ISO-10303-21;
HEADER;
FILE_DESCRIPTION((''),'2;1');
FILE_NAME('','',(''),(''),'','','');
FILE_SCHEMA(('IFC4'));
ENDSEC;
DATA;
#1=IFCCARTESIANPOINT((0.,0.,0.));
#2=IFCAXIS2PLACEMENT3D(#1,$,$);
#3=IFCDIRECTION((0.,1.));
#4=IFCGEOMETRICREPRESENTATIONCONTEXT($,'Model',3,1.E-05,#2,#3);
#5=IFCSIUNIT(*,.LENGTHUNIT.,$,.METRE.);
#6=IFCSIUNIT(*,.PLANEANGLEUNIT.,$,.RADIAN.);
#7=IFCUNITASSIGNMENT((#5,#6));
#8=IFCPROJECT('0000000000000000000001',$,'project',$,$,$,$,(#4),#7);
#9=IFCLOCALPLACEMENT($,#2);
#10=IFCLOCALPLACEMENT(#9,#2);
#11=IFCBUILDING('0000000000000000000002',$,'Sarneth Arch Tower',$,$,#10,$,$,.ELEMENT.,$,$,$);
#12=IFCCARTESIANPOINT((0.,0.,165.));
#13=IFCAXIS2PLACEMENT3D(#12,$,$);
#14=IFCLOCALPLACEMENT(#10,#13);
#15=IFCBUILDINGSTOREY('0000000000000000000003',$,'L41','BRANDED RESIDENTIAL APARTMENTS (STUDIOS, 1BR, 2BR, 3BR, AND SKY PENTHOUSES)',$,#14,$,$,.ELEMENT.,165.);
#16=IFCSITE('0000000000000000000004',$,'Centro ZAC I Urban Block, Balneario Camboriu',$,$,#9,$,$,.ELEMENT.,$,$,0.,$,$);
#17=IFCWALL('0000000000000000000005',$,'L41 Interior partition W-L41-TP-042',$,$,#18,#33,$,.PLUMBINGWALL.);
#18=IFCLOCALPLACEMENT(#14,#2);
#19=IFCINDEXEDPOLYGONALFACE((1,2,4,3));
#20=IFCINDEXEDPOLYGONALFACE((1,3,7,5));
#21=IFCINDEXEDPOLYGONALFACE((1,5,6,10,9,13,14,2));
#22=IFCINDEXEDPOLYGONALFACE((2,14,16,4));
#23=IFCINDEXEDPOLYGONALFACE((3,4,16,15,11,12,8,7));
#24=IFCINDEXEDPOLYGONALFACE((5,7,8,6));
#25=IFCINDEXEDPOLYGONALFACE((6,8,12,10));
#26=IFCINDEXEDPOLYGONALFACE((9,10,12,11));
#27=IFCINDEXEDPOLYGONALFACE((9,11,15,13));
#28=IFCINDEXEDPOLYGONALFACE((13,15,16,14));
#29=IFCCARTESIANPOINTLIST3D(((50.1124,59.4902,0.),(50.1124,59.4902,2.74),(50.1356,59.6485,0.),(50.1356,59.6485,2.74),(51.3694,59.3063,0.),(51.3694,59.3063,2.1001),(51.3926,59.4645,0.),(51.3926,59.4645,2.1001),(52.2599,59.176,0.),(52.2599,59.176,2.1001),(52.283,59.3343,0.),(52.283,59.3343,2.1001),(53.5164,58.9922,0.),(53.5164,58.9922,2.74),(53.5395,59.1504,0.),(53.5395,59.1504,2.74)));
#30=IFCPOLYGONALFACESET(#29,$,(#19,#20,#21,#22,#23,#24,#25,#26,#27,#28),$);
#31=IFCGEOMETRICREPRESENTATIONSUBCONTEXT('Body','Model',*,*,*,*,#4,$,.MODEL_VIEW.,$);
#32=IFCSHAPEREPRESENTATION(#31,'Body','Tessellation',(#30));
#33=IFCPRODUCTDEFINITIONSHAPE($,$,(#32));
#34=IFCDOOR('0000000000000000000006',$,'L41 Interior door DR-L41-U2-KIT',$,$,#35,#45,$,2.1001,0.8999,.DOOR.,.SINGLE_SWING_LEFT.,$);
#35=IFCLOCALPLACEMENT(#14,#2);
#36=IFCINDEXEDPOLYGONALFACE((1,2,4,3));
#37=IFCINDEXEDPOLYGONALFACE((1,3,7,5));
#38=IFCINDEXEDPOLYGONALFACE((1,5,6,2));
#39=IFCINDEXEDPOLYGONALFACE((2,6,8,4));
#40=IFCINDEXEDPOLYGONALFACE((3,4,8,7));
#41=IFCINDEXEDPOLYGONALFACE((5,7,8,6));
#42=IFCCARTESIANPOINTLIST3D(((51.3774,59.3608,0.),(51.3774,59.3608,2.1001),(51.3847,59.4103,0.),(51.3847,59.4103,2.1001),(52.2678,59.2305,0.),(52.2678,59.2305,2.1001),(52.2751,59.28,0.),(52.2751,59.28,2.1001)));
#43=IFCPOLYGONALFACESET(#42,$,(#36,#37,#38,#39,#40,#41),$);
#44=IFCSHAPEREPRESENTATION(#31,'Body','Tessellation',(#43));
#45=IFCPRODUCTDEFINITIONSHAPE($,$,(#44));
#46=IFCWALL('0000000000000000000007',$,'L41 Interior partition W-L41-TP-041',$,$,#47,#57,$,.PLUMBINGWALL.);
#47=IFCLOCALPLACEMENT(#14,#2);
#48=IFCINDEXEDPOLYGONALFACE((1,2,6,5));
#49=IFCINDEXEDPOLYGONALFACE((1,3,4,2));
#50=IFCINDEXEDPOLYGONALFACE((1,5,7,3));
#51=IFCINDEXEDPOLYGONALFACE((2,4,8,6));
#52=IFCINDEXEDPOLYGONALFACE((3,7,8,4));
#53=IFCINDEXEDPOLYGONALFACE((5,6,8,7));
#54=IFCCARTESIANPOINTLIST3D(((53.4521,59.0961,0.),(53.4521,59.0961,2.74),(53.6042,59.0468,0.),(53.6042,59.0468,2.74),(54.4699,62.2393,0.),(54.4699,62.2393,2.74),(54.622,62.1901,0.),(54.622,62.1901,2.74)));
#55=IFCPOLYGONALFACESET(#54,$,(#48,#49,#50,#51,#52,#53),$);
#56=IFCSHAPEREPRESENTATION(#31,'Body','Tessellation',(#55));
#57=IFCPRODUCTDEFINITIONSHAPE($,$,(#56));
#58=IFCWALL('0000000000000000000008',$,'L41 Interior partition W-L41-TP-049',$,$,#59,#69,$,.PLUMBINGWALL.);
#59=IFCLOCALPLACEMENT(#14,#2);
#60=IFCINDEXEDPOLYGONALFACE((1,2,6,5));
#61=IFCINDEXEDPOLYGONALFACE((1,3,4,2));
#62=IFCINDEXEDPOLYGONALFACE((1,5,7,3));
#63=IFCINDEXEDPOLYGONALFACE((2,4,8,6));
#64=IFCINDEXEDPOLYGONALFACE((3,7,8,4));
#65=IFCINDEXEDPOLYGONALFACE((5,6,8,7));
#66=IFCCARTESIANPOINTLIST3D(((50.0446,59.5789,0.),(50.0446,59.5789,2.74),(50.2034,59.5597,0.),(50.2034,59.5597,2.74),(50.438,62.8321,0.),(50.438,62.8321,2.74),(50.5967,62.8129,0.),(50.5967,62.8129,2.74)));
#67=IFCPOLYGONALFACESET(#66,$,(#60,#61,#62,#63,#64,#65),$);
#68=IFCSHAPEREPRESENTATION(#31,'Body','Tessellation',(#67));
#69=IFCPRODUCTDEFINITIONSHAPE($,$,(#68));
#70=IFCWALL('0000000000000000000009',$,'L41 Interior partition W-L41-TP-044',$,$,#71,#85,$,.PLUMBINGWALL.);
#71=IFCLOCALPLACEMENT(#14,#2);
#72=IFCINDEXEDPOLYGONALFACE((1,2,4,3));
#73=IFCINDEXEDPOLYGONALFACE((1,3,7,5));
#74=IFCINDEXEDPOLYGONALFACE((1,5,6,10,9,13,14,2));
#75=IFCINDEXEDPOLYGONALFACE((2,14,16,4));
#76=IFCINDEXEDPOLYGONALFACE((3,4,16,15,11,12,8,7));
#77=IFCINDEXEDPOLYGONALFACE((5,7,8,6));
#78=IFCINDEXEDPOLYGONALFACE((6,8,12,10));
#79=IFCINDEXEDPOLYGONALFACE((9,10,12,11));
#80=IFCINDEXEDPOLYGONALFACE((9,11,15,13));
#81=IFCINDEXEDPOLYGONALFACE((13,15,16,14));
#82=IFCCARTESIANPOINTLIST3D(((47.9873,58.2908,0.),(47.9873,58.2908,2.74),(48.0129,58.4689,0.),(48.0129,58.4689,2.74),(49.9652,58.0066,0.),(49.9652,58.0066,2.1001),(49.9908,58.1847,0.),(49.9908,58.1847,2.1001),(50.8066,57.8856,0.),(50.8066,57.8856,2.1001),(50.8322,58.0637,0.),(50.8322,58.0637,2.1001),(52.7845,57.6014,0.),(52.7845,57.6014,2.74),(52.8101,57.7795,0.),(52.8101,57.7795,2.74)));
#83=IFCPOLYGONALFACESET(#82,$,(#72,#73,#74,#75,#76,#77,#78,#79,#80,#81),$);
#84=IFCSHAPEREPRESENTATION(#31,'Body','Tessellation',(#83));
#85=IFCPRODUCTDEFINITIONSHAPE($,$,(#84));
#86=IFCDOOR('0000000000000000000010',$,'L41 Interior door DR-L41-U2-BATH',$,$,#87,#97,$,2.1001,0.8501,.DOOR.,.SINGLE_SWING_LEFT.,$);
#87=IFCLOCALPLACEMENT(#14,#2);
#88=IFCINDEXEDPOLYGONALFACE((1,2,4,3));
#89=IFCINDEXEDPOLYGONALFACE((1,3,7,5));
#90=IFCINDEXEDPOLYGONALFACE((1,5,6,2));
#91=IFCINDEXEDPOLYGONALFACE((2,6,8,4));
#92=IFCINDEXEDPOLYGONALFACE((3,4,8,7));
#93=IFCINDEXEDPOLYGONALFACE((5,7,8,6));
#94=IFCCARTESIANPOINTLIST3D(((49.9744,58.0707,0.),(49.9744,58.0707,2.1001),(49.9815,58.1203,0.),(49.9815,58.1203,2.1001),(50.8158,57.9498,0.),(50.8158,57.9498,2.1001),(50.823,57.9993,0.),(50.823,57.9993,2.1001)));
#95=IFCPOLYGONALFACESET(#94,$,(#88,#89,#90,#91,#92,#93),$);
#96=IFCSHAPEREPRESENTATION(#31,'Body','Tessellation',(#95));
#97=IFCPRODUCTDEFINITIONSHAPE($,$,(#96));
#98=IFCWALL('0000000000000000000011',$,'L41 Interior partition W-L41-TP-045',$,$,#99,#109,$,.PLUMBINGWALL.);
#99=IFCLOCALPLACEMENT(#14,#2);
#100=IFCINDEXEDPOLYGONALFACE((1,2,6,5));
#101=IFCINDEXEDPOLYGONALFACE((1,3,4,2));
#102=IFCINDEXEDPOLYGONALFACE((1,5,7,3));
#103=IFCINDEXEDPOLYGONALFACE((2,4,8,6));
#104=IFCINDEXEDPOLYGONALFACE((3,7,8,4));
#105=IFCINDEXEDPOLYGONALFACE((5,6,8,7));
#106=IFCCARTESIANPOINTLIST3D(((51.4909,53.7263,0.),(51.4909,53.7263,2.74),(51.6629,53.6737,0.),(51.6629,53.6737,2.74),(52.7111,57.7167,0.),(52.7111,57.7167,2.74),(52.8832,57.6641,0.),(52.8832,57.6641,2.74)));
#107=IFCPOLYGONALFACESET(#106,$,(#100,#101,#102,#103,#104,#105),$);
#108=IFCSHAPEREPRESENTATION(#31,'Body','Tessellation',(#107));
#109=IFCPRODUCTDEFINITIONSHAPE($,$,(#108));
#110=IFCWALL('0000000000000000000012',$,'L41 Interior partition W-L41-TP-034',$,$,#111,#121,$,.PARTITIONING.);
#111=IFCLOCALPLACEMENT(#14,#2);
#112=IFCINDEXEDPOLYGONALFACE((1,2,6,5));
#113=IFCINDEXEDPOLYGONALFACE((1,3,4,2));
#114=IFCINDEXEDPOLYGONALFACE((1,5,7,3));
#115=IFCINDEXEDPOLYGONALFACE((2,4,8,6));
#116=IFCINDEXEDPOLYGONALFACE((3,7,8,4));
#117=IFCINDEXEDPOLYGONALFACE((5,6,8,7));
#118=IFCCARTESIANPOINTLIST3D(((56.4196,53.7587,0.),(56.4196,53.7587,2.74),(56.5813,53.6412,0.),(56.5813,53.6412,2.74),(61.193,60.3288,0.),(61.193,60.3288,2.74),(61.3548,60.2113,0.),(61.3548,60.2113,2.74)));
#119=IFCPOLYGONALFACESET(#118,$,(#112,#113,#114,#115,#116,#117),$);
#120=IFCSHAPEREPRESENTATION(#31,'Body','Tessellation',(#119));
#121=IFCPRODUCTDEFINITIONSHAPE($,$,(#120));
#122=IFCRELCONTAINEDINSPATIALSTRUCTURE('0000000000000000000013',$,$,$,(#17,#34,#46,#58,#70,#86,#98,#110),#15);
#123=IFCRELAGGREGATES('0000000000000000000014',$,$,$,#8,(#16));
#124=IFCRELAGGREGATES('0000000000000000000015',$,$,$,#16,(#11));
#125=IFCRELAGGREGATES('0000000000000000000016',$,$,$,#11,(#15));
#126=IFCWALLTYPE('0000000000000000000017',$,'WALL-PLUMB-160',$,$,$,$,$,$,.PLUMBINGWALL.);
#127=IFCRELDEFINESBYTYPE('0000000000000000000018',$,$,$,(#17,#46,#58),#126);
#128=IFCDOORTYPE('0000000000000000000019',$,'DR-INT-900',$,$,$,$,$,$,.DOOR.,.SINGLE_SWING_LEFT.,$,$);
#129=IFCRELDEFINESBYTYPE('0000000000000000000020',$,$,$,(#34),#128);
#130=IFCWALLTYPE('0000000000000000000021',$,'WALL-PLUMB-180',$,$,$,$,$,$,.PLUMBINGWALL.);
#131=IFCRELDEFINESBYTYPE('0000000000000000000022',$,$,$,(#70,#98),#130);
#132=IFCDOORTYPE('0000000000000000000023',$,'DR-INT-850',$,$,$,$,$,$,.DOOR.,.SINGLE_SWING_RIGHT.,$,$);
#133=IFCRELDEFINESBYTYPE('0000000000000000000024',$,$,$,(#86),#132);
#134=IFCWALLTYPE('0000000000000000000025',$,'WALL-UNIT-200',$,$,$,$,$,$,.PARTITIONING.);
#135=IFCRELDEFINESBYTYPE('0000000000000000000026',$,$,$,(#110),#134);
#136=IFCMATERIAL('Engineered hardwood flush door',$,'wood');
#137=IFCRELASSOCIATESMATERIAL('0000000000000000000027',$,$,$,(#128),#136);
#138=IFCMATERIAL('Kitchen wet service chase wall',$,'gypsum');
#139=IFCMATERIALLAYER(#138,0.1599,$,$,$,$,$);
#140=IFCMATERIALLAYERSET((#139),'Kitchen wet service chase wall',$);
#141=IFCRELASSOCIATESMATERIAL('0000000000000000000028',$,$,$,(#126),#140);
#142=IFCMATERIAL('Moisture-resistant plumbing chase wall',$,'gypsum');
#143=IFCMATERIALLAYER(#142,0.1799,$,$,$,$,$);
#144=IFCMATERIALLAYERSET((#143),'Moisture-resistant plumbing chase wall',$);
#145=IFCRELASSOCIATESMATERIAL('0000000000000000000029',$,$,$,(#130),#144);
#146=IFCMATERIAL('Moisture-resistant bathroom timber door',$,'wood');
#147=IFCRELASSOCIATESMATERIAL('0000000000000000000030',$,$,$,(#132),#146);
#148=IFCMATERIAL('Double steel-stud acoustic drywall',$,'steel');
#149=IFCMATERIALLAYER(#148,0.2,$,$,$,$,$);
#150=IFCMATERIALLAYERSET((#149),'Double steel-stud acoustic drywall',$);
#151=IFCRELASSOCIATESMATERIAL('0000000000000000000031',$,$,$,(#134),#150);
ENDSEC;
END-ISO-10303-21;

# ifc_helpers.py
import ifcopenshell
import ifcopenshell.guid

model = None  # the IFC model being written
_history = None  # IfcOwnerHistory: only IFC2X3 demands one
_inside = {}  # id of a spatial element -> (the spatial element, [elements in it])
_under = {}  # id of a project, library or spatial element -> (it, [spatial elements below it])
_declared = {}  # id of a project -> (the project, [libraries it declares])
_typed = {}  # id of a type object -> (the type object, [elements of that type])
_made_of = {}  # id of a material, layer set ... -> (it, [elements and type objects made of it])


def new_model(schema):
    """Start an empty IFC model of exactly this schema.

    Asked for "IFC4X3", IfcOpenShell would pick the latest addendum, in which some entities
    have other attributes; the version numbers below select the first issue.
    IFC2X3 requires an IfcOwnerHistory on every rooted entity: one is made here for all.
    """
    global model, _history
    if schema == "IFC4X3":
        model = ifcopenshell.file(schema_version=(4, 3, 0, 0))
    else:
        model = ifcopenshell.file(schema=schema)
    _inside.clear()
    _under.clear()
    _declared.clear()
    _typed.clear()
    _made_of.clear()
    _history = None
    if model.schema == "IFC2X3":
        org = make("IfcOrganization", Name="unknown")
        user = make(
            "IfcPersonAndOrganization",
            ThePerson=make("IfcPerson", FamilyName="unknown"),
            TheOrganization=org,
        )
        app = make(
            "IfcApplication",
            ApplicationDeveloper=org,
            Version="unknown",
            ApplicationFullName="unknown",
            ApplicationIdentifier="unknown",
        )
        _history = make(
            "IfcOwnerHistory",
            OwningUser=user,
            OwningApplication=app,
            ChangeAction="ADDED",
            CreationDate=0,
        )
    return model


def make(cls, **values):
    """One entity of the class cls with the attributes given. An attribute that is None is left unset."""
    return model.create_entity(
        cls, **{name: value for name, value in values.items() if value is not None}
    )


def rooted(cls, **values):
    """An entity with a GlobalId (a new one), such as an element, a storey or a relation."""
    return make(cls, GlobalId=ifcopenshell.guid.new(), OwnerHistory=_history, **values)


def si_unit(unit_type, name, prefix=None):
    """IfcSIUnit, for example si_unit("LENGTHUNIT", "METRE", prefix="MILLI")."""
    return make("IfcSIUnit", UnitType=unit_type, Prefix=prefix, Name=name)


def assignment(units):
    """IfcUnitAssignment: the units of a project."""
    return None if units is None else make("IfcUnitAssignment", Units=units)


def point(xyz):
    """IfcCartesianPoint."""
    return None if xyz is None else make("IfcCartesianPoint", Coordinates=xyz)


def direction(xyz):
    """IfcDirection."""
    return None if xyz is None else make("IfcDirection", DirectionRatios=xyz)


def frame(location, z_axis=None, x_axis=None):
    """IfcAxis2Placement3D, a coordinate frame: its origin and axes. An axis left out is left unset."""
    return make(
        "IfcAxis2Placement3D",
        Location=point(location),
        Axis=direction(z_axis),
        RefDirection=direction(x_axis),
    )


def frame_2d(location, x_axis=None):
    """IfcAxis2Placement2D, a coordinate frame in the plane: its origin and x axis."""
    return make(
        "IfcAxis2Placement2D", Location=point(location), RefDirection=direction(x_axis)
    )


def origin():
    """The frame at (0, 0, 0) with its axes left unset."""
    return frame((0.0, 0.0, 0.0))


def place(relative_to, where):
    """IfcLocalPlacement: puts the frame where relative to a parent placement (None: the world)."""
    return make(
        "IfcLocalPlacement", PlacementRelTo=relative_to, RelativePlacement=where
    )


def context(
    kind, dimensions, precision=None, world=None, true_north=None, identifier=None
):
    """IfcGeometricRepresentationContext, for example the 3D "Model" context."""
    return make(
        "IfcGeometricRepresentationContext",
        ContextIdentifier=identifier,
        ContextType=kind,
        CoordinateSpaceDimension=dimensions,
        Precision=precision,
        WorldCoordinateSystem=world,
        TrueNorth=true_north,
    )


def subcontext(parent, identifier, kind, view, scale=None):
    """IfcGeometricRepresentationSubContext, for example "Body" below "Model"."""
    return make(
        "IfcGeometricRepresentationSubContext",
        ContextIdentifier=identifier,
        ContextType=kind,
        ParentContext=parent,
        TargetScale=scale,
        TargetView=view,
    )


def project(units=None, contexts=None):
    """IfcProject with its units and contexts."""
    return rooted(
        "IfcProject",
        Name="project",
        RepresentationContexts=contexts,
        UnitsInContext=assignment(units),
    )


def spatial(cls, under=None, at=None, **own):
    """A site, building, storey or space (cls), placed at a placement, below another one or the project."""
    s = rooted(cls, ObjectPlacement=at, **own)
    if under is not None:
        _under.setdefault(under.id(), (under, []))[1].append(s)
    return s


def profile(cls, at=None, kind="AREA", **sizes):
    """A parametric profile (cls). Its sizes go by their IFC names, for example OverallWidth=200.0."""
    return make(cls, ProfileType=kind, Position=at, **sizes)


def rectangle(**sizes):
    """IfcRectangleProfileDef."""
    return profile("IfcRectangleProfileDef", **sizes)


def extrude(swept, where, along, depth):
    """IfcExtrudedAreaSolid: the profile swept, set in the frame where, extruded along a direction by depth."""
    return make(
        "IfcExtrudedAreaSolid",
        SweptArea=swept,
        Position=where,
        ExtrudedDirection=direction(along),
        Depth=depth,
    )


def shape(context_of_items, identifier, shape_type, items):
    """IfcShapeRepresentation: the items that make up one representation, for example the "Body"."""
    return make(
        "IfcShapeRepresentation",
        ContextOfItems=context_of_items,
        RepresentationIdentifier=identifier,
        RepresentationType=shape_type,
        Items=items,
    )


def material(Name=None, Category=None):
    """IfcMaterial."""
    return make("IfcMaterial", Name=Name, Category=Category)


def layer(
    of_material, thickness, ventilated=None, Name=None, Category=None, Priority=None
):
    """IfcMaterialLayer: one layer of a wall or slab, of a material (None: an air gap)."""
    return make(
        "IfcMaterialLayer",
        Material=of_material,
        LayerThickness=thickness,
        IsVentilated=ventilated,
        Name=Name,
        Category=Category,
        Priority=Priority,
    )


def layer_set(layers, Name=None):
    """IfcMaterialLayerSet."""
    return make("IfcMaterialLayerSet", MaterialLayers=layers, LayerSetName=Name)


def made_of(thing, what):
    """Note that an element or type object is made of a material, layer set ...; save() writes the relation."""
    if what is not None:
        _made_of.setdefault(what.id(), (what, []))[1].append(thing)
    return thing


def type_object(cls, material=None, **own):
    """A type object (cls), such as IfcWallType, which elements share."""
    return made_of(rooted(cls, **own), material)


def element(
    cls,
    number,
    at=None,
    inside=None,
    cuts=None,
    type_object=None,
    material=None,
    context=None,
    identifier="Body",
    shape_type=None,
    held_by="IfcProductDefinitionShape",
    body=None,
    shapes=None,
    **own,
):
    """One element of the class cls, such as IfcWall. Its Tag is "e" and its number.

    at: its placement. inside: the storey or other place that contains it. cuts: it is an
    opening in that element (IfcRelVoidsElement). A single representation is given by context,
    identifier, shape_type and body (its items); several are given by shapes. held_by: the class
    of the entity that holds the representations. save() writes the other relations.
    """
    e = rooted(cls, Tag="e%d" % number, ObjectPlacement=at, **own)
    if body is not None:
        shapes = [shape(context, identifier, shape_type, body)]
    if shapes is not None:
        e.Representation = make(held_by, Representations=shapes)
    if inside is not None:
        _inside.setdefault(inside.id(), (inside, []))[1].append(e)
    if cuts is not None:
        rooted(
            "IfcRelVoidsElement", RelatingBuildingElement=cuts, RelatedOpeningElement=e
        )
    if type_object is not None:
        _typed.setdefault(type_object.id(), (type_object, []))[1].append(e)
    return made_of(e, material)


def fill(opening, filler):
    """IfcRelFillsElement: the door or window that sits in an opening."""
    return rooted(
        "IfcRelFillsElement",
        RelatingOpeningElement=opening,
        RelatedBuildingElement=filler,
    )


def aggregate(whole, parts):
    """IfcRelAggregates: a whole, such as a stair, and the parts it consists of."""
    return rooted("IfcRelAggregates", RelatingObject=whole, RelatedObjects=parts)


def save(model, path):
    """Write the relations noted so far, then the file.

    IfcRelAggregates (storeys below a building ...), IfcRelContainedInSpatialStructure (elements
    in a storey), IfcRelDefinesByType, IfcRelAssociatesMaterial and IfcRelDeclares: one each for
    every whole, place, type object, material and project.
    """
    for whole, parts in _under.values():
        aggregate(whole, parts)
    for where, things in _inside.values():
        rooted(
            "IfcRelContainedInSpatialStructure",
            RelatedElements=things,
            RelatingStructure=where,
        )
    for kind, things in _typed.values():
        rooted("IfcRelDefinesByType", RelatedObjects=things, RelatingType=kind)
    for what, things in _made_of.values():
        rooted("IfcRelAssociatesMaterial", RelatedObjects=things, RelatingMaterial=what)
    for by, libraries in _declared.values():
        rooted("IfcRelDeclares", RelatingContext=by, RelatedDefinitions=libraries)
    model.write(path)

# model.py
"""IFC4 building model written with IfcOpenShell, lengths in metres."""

from ifc_helpers import new_model, si_unit, direction, frame, frame_2d, origin, place, context, subcontext, project, spatial, rectangle, extrude, material, layer, layer_set, type_object, element, fill, save


model = new_model("IFC4")

# Units and contexts
model_context = context("Model", 3, precision=1e-05, world=origin(), true_north=direction((0.0, 1.0)))
body_context = subcontext(model_context, "Body", "Model", "MODEL_VIEW")
ifc_project = project(units=[si_unit("LENGTHUNIT", "METRE"), si_unit("PLANEANGLEUNIT", "RADIAN")], contexts=[model_context])

# Site, building, storey
site_placement = place(None, origin())
site = spatial("IfcSite", under=ifc_project, at=site_placement, Name="Centro ZAC I Urban Block, Balneario Camboriu", CompositionType="ELEMENT", RefElevation=0.0)
building_placement = place(site_placement, origin())
building = spatial("IfcBuilding", under=site, at=building_placement, Name="Sarneth Arch Tower", CompositionType="ELEMENT")
storey_placement = place(building_placement, frame((0.0, 0.0, 165.0)))
storey = spatial("IfcBuildingStorey", under=building, at=storey_placement, Name="L41", Description="BRANDED RESIDENTIAL APARTMENTS (STUDIOS, 1BR, 2BR, 3BR, AND SKY PENTHOUSES)", CompositionType="ELEMENT", Elevation=165.0)

# Shared definitions
ifc_material_1 = material(Name="Engineered hardwood flush door", Category="wood")
door_type_1 = type_object("IfcDoorType", Name="DR-INT-900", OperationType="SINGLE_SWING_LEFT", PredefinedType="DOOR", material=ifc_material_1)

# Wall, opening, door
ifc_material_2 = material(Name="Kitchen wet service chase wall", Category="gypsum")
ifc_layer_1 = layer(ifc_material_2, 0.1599)
ifc_layer_set_1 = layer_set([ifc_layer_1], Name="Kitchen wet service chase wall")
wall_type_1 = type_object("IfcWallType", Name="WALL-PLUMB-160", PredefinedType="PLUMBINGWALL", material=ifc_layer_set_1)
wall_1_placement = place(storey_placement, frame((53.5281, 59.0713, 0.0), z_axis=(0.0, 0.0, 1.0), x_axis=(-0.989466, 0.144769, 0.0)))
wall_1 = element("IfcWall", 1, at=wall_1_placement, inside=storey, type_object=wall_type_1, Name="L41 Interior partition W-L41-TP-042", PredefinedType="PLUMBINGWALL", context=body_context, shape_type="SweptSolid", body=[
    extrude(rectangle(XDim=3.4402, YDim=0.1599, at=frame_2d((1.7202, 0.0))), origin(), (0.0, 0.0, 1.0), 2.74),
])
opening_1_placement = place(wall_1_placement, frame((1.27, 0.0, 0.0)))
opening_1 = element("IfcOpeningElement", 2, at=opening_1_placement, cuts=wall_1, PredefinedType="OPENING", context=body_context, shape_type="SweptSolid", body=[
    extrude(rectangle(XDim=0.8999, YDim=2.1001, at=frame_2d((0.45, 1.05))), frame((0.0, 0.0898, 0.0), z_axis=(0.0, -1.0, 0.0), x_axis=(1.0, 0.0, 0.0)), (0.0, 0.0, 1.0), 0.1799),
])
door_1_placement = place(opening_1_placement, origin())
door_1 = element("IfcDoor", 3, at=door_1_placement, inside=storey, type_object=door_type_1, Name="L41 Interior door DR-L41-U2-KIT", OperationType="SINGLE_SWING_LEFT", OverallHeight=2.1001, OverallWidth=0.8999, PredefinedType="DOOR", context=body_context, shape_type="SweptSolid", body=[
    extrude(rectangle(XDim=0.8999, YDim=2.1001, at=frame_2d((0.45, 1.05))), frame((0.0, 0.0249, 0.0), z_axis=(0.0, -1.0, 0.0), x_axis=(1.0, 0.0, 0.0)), (0.0, 0.0, 1.0), 0.05),
])
fill(opening_1, door_1)

# Walls
wall_2_placement = place(storey_placement, frame((54.5459, 62.2146, 0.0), z_axis=(0.0, 0.0, 1.0), x_axis=(-0.308058, -0.951367, 0.0)))
element("IfcWall", 4, at=wall_2_placement, inside=storey, type_object=wall_type_1, Name="L41 Interior partition W-L41-TP-041", PredefinedType="PLUMBINGWALL", context=body_context, shape_type="SweptSolid", body=[
    extrude(rectangle(XDim=3.304, YDim=0.1599, at=frame_2d((1.6519, 0.0))), origin(), (0.0, 0.0, 1.0), 2.74),
])
wall_3_placement = place(storey_placement, frame((50.124, 59.5693, 0.0), z_axis=(0.0, 0.0, 1.0), x_axis=(0.120027, 0.992771, 0.0)))
element("IfcWall", 5, at=wall_3_placement, inside=storey, type_object=wall_type_1, Name="L41 Interior partition W-L41-TP-049", PredefinedType="PLUMBINGWALL", context=body_context, shape_type="SweptSolid", body=[
    extrude(rectangle(XDim=3.2769, YDim=0.1599, at=frame_2d((1.6384, 0.0))), origin(), (0.0, 0.0, 1.0), 2.74),
])

# Wall, opening, door
ifc_material_3 = material(Name="Moisture-resistant plumbing chase wall", Category="gypsum")
ifc_layer_2 = layer(ifc_material_3, 0.1799)
ifc_layer_set_2 = layer_set([ifc_layer_2], Name="Moisture-resistant plumbing chase wall")
wall_type_2 = type_object("IfcWallType", Name="WALL-PLUMB-180", PredefinedType="PLUMBINGWALL", material=ifc_layer_set_2)
wall_4_placement = place(storey_placement, frame((48.0, 58.3799, 0.0), z_axis=(0.0, 0.0, 1.0), x_axis=(0.989829, -0.142261, 0.0)))
wall_4 = element("IfcWall", 6, at=wall_4_placement, inside=storey, type_object=wall_type_2, Name="L41 Interior partition W-L41-TP-044", PredefinedType="PLUMBINGWALL", context=body_context, shape_type="SweptSolid", body=[
    extrude(rectangle(XDim=4.8464, YDim=0.1799, at=frame_2d((2.4233, 0.0))), origin(), (0.0, 0.0, 1.0), 2.74),
])
opening_2_placement = place(wall_4_placement, frame((1.9983, 0.0, 0.0)))
opening_2 = element("IfcOpeningElement", 7, at=opening_2_placement, cuts=wall_4, PredefinedType="OPENING", context=body_context, shape_type="SweptSolid", body=[
    extrude(rectangle(XDim=0.8501, YDim=2.1001, at=frame_2d((0.425, 1.05))), frame((0.0, 0.0999, 0.0), z_axis=(0.0, -1.0, 0.0), x_axis=(1.0, 0.0, 0.0)), (0.0, 0.0, 1.0), 0.2),
])
ifc_material_4 = material(Name="Moisture-resistant bathroom timber door", Category="wood")
door_type_2 = type_object("IfcDoorType", Name="DR-INT-850", OperationType="SINGLE_SWING_RIGHT", PredefinedType="DOOR", material=ifc_material_4)
door_2_placement = place(opening_2_placement, origin())
door_2 = element("IfcDoor", 8, at=door_2_placement, inside=storey, type_object=door_type_2, Name="L41 Interior door DR-L41-U2-BATH", OperationType="SINGLE_SWING_LEFT", OverallHeight=2.1001, OverallWidth=0.8501, PredefinedType="DOOR", context=body_context, shape_type="SweptSolid", body=[
    extrude(rectangle(XDim=0.8501, YDim=2.1001, at=frame_2d((0.425, 1.05))), frame((0.0, 0.0249, 0.0), z_axis=(0.0, -1.0, 0.0), x_axis=(1.0, 0.0, 0.0)), (0.0, 0.0, 1.0), 0.05),
])
fill(opening_2, door_2)

# Walls
wall_5_placement = place(storey_placement, frame((52.7971, 57.6904, 0.0), z_axis=(0.0, 0.0, 1.0), x_axis=(-0.292416, -0.956291, 0.0)))
element("IfcWall", 9, at=wall_5_placement, inside=storey, type_object=wall_type_2, Name="L41 Interior partition W-L41-TP-045", PredefinedType="PLUMBINGWALL", context=body_context, shape_type="SweptSolid", body=[
    extrude(rectangle(XDim=4.1729, YDim=0.1799, at=frame_2d((2.0864, 0.0))), origin(), (0.0, 0.0, 1.0), 2.74),
])
ifc_material_5 = material(Name="Double steel-stud acoustic drywall", Category="steel")
ifc_layer_3 = layer(ifc_material_5, 0.2)
ifc_layer_set_3 = layer_set([ifc_layer_3], Name="Double steel-stud acoustic drywall")
wall_type_3 = type_object("IfcWallType", Name="WALL-UNIT-200", PredefinedType="PARTITIONING", material=ifc_layer_set_3)
wall_6_placement = place(storey_placement, frame((61.2739, 60.27, 0.0), z_axis=(0.0, 0.0, 1.0), x_axis=(-0.587786, -0.809017, 0.0)))
element("IfcWall", 10, at=wall_6_placement, inside=storey, type_object=wall_type_3, Name="L41 Interior partition W-L41-TP-034", PredefinedType="PARTITIONING", context=body_context, shape_type="SweptSolid", body=[
    extrude(rectangle(XDim=8.1211, YDim=0.2, at=frame_2d((4.0605, 0.0))), origin(), (0.0, 0.0, 1.0), 2.74),
])

save(model, "model.ifc")
